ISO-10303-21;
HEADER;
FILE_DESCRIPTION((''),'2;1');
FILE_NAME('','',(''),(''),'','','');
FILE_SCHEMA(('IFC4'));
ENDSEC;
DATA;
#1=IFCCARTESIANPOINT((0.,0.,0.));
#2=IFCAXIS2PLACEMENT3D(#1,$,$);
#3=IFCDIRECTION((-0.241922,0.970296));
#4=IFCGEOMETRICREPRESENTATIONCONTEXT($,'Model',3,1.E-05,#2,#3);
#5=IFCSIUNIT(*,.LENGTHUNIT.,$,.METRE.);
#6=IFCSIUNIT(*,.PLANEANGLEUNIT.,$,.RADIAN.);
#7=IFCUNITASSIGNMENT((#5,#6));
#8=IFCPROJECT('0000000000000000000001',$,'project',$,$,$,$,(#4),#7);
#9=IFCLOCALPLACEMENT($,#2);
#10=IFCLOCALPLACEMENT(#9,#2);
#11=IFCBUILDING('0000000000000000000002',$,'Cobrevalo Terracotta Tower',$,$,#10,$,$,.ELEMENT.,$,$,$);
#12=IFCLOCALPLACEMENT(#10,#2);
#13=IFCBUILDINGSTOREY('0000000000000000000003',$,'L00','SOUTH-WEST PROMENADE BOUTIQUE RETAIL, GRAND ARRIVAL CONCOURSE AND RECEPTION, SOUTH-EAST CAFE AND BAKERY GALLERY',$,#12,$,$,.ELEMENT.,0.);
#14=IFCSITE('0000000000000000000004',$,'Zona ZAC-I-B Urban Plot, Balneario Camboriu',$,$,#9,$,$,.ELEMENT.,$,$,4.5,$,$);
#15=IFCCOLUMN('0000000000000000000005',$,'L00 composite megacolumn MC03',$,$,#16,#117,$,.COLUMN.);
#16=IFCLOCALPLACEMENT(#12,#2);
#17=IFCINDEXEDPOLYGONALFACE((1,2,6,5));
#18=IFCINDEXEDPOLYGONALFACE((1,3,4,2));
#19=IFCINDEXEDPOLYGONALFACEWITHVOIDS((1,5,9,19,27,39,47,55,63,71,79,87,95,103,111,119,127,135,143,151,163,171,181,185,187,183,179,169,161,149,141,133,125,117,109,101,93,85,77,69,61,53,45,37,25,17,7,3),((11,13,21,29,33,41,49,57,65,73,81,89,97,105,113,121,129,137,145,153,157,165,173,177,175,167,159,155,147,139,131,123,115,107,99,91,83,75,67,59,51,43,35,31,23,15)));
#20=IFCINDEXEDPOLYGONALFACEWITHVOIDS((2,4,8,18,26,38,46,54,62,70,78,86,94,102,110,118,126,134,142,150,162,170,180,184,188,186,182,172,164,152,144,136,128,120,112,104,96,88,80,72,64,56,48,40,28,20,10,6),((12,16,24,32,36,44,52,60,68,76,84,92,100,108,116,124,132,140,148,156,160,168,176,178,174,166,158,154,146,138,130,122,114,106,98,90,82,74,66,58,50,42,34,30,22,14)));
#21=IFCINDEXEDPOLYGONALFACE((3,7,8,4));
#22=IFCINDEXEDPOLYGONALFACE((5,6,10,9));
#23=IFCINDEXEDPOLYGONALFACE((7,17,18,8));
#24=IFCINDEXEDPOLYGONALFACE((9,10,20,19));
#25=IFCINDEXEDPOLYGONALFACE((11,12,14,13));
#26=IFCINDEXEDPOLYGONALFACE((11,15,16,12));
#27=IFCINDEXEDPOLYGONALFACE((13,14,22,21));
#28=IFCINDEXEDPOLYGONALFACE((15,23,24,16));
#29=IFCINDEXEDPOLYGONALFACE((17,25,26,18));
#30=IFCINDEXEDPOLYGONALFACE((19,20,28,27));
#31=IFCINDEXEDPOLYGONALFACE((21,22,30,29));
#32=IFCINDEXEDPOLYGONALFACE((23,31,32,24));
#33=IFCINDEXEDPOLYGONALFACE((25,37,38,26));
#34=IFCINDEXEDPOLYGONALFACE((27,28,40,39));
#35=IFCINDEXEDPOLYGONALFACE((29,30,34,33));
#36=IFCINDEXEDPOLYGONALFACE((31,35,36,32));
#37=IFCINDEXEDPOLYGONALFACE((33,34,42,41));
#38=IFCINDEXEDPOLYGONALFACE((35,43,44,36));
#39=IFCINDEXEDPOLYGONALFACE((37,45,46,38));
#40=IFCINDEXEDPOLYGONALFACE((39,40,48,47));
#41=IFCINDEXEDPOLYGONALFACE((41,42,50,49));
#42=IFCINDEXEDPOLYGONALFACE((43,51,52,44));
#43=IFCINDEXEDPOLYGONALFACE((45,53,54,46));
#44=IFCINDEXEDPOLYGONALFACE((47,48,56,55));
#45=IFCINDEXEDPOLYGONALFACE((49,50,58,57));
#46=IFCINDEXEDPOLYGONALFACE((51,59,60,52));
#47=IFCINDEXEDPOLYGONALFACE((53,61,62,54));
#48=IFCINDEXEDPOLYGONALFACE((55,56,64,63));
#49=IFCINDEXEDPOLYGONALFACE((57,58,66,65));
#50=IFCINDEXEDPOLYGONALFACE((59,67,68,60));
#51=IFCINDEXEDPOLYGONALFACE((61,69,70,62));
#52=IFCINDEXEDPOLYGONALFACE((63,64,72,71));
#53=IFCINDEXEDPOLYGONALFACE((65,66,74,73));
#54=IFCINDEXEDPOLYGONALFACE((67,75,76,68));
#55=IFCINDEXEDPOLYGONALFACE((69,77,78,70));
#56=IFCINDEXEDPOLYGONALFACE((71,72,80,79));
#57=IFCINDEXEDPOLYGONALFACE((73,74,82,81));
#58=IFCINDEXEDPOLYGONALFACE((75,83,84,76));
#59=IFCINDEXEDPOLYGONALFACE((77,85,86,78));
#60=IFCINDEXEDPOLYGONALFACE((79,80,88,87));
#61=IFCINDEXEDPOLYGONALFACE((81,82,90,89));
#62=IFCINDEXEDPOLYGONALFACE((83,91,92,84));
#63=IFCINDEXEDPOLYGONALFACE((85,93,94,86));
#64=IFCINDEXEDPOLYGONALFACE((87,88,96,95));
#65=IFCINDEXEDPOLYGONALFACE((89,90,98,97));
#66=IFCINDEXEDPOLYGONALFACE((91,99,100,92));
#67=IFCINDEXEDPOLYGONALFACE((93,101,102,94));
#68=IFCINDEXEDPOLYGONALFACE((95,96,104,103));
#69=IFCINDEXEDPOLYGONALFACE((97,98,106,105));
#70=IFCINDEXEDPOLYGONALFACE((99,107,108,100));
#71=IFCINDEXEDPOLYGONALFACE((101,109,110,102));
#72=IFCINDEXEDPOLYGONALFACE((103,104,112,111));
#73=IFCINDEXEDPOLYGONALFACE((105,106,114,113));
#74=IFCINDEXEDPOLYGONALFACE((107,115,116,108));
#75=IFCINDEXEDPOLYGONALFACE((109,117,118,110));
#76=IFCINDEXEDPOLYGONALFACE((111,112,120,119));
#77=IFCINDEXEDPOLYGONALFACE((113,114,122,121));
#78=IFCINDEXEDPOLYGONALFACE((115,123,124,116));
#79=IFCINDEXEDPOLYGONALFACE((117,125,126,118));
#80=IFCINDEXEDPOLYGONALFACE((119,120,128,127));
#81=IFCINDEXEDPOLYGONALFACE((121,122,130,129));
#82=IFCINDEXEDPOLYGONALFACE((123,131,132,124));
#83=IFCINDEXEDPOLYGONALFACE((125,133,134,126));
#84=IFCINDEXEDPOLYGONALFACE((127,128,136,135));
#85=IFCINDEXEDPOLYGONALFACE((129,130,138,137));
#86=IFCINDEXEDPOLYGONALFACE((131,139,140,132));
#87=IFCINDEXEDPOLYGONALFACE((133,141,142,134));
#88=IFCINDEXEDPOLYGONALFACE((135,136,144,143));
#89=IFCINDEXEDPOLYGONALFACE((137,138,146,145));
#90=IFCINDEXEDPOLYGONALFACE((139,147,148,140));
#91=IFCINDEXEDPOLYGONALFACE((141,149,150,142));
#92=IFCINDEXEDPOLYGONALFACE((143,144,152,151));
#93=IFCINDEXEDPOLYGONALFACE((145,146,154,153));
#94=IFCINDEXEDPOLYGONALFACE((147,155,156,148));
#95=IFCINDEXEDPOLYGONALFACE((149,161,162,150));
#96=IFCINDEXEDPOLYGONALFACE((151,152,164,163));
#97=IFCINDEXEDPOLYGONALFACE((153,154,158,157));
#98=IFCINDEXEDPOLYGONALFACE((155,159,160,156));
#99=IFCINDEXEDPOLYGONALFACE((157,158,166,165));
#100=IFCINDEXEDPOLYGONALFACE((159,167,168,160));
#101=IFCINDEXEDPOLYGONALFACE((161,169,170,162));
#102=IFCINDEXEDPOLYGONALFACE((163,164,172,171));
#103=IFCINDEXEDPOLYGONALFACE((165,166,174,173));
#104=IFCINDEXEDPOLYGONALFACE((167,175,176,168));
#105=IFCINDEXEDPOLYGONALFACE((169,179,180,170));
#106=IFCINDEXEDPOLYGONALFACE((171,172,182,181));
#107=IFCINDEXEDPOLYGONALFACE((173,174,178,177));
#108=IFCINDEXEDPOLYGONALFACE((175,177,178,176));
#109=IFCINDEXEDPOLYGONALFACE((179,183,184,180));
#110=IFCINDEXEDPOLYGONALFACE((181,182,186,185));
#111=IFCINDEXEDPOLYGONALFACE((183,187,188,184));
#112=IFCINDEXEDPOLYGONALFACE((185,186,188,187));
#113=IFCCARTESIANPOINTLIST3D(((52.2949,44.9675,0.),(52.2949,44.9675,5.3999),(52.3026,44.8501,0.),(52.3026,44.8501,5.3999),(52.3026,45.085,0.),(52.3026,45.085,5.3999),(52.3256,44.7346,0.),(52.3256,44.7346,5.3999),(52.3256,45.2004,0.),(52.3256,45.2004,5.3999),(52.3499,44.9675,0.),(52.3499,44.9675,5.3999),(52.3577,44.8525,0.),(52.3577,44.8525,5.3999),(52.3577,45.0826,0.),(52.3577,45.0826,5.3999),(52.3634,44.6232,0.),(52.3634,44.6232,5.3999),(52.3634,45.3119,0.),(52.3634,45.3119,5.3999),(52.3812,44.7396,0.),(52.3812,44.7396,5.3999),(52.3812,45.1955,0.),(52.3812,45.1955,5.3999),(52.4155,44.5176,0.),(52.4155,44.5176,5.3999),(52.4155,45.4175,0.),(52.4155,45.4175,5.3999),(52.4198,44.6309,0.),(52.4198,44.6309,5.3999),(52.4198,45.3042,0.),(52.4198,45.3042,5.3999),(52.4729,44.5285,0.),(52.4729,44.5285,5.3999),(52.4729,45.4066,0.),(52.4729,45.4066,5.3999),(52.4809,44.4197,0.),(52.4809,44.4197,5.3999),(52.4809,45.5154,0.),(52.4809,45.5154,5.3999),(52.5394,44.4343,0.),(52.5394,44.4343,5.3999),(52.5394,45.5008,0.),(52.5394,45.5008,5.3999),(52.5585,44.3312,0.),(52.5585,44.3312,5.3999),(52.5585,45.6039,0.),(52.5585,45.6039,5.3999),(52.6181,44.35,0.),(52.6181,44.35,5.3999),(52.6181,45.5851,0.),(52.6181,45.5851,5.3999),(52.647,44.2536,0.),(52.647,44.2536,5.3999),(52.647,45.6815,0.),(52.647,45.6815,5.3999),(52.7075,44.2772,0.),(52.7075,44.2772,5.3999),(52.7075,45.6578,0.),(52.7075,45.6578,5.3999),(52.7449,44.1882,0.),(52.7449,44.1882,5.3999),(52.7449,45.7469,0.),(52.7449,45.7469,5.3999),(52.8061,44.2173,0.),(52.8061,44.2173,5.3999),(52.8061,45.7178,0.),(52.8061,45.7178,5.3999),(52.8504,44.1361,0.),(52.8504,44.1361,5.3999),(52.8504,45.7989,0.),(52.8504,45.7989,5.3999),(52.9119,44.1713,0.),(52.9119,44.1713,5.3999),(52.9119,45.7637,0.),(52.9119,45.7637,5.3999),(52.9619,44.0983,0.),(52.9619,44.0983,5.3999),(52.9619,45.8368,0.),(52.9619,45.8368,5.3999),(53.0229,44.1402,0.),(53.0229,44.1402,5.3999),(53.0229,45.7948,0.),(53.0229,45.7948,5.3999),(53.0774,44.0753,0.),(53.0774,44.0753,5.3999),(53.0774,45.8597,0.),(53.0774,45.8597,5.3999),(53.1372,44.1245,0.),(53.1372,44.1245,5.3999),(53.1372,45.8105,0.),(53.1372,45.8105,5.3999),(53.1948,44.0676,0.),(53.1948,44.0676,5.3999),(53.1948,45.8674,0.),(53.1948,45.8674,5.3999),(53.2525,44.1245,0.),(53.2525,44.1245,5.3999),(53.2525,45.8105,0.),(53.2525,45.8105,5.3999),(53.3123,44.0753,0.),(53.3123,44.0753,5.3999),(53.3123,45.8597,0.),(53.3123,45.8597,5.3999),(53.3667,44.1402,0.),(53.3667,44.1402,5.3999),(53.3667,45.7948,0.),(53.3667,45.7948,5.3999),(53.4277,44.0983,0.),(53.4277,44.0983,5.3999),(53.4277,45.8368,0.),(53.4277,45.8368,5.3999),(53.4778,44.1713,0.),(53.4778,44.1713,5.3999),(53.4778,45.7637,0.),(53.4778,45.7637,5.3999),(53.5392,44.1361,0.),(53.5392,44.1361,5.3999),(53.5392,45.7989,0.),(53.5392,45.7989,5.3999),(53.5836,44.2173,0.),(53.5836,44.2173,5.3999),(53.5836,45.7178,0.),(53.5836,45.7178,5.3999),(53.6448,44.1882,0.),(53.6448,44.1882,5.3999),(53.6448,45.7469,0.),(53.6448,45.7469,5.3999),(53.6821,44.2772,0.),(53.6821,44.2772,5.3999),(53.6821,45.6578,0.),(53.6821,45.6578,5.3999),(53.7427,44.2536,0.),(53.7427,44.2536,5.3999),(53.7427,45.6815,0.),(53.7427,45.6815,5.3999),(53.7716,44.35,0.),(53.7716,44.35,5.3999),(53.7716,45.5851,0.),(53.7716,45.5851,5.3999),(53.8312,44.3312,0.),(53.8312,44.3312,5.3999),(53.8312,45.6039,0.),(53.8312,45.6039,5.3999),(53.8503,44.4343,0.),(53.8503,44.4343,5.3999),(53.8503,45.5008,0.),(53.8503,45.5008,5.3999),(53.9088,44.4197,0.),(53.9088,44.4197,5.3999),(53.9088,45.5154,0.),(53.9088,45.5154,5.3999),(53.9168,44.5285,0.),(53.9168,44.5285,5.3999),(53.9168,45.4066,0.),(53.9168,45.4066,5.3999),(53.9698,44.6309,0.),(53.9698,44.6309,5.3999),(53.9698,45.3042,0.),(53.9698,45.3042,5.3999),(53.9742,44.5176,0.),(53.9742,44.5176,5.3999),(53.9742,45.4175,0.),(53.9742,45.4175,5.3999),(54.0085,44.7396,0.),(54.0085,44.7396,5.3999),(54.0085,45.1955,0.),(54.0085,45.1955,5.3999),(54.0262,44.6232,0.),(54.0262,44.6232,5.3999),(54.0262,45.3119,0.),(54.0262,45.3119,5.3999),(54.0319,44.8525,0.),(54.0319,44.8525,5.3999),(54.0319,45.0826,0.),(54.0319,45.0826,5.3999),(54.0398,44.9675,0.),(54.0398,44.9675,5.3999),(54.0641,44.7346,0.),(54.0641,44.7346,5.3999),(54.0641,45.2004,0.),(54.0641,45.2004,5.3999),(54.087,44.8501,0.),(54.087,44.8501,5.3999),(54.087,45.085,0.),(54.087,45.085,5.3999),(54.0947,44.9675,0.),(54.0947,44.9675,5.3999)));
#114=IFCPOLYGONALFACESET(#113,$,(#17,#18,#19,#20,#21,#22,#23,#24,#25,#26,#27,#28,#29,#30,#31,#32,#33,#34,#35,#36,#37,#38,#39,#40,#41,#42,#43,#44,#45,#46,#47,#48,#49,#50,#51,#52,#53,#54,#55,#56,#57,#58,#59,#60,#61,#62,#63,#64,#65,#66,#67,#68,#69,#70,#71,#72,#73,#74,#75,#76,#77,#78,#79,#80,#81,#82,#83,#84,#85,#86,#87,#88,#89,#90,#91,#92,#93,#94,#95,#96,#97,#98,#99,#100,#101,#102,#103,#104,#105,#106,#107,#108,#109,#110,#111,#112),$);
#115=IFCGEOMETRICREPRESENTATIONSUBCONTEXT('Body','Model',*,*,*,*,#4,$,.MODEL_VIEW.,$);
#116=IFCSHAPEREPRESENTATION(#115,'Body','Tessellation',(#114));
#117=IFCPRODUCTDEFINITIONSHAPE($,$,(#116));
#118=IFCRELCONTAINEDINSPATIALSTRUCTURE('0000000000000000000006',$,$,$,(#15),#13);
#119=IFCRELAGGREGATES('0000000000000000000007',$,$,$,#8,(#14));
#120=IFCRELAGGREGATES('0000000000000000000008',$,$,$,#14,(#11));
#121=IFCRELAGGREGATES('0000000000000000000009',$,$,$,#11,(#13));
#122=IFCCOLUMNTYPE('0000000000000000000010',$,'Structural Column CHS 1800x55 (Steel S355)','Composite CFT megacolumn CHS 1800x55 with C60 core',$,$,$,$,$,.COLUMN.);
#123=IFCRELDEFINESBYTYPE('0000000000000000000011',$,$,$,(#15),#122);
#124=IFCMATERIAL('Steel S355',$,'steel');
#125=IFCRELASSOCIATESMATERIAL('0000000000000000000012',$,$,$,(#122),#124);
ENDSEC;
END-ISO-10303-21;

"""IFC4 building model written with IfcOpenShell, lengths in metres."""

from ifc_helpers import new_model, si_unit, direction, frame, origin, origin_2d, place, context, subcontext, project, spatial, hollow_circle, extrude, material, material_profile, profile_set, type_object, element, save


model = new_model("IFC4")

# Units and contexts
model_context = context("Model", 3, precision=1e-05, world=origin(), true_north=direction((-0.241922, 0.970296)))
body_context = subcontext(model_context, "Body", "Model", "MODEL_VIEW")
ifc_project = project(units=[si_unit("LENGTHUNIT", "METRE"), si_unit("PLANEANGLEUNIT", "RADIAN")], contexts=[model_context])

# Site, building, storey
site_placement = place(None, origin())
site = spatial("IfcSite", under=ifc_project, at=site_placement, Name="Zona ZAC-I-B Urban Plot, Balneario Camboriu", CompositionType="ELEMENT", RefElevation=4.5)
building_placement = place(site_placement, origin())
building = spatial("IfcBuilding", under=site, at=building_placement, Name="Cobrevalo Terracotta Tower", CompositionType="ELEMENT")
storey_placement = place(building_placement, origin())
storey = spatial("IfcBuildingStorey", under=building, at=storey_placement, Name="L00", Description="SOUTH-WEST PROMENADE BOUTIQUE RETAIL, GRAND ARRIVAL CONCOURSE AND RECEPTION, SOUTH-EAST CAFE AND BAKERY GALLERY", CompositionType="ELEMENT", Elevation=0.0)

# Column
ifc_material_1 = material(Name="Steel S355", Category="steel")
ifc_material_profile_1 = material_profile(ifc_material_1, hollow_circle(Radius=0.8999, WallThickness=0.0549, at=origin_2d()), Name="CHS 1800x55")
ifc_profile_set_1 = profile_set([ifc_material_profile_1], Name="Steel S355")
column_type_1 = type_object("IfcColumnType", Name="Structural Column CHS 1800x55 (Steel S355)", Description="Composite CFT megacolumn CHS 1800x55 with C60 core", PredefinedType="COLUMN", material=ifc_profile_set_1)
for number, where, z_axis, x_axis, name in (
    (1, (53.1948, 44.9675, 0.0), (0.0, 0.0, 1.0), (1.0, 0.0, 0.0), "L00 composite megacolumn MC03"),
):
    element("IfcColumn", number, at=place(storey_placement, frame(where, z_axis=z_axis, x_axis=x_axis)), inside=storey, type_object=column_type_1, Name=name, PredefinedType="COLUMN", context=body_context, shape_type="SweptSolid", body=[
        extrude(hollow_circle(Radius=0.8999, WallThickness=0.0549, at=origin_2d()), origin(), (0.0, 0.0, 1.0), 5.3999),
    ])

save(model, "model.ifc")
